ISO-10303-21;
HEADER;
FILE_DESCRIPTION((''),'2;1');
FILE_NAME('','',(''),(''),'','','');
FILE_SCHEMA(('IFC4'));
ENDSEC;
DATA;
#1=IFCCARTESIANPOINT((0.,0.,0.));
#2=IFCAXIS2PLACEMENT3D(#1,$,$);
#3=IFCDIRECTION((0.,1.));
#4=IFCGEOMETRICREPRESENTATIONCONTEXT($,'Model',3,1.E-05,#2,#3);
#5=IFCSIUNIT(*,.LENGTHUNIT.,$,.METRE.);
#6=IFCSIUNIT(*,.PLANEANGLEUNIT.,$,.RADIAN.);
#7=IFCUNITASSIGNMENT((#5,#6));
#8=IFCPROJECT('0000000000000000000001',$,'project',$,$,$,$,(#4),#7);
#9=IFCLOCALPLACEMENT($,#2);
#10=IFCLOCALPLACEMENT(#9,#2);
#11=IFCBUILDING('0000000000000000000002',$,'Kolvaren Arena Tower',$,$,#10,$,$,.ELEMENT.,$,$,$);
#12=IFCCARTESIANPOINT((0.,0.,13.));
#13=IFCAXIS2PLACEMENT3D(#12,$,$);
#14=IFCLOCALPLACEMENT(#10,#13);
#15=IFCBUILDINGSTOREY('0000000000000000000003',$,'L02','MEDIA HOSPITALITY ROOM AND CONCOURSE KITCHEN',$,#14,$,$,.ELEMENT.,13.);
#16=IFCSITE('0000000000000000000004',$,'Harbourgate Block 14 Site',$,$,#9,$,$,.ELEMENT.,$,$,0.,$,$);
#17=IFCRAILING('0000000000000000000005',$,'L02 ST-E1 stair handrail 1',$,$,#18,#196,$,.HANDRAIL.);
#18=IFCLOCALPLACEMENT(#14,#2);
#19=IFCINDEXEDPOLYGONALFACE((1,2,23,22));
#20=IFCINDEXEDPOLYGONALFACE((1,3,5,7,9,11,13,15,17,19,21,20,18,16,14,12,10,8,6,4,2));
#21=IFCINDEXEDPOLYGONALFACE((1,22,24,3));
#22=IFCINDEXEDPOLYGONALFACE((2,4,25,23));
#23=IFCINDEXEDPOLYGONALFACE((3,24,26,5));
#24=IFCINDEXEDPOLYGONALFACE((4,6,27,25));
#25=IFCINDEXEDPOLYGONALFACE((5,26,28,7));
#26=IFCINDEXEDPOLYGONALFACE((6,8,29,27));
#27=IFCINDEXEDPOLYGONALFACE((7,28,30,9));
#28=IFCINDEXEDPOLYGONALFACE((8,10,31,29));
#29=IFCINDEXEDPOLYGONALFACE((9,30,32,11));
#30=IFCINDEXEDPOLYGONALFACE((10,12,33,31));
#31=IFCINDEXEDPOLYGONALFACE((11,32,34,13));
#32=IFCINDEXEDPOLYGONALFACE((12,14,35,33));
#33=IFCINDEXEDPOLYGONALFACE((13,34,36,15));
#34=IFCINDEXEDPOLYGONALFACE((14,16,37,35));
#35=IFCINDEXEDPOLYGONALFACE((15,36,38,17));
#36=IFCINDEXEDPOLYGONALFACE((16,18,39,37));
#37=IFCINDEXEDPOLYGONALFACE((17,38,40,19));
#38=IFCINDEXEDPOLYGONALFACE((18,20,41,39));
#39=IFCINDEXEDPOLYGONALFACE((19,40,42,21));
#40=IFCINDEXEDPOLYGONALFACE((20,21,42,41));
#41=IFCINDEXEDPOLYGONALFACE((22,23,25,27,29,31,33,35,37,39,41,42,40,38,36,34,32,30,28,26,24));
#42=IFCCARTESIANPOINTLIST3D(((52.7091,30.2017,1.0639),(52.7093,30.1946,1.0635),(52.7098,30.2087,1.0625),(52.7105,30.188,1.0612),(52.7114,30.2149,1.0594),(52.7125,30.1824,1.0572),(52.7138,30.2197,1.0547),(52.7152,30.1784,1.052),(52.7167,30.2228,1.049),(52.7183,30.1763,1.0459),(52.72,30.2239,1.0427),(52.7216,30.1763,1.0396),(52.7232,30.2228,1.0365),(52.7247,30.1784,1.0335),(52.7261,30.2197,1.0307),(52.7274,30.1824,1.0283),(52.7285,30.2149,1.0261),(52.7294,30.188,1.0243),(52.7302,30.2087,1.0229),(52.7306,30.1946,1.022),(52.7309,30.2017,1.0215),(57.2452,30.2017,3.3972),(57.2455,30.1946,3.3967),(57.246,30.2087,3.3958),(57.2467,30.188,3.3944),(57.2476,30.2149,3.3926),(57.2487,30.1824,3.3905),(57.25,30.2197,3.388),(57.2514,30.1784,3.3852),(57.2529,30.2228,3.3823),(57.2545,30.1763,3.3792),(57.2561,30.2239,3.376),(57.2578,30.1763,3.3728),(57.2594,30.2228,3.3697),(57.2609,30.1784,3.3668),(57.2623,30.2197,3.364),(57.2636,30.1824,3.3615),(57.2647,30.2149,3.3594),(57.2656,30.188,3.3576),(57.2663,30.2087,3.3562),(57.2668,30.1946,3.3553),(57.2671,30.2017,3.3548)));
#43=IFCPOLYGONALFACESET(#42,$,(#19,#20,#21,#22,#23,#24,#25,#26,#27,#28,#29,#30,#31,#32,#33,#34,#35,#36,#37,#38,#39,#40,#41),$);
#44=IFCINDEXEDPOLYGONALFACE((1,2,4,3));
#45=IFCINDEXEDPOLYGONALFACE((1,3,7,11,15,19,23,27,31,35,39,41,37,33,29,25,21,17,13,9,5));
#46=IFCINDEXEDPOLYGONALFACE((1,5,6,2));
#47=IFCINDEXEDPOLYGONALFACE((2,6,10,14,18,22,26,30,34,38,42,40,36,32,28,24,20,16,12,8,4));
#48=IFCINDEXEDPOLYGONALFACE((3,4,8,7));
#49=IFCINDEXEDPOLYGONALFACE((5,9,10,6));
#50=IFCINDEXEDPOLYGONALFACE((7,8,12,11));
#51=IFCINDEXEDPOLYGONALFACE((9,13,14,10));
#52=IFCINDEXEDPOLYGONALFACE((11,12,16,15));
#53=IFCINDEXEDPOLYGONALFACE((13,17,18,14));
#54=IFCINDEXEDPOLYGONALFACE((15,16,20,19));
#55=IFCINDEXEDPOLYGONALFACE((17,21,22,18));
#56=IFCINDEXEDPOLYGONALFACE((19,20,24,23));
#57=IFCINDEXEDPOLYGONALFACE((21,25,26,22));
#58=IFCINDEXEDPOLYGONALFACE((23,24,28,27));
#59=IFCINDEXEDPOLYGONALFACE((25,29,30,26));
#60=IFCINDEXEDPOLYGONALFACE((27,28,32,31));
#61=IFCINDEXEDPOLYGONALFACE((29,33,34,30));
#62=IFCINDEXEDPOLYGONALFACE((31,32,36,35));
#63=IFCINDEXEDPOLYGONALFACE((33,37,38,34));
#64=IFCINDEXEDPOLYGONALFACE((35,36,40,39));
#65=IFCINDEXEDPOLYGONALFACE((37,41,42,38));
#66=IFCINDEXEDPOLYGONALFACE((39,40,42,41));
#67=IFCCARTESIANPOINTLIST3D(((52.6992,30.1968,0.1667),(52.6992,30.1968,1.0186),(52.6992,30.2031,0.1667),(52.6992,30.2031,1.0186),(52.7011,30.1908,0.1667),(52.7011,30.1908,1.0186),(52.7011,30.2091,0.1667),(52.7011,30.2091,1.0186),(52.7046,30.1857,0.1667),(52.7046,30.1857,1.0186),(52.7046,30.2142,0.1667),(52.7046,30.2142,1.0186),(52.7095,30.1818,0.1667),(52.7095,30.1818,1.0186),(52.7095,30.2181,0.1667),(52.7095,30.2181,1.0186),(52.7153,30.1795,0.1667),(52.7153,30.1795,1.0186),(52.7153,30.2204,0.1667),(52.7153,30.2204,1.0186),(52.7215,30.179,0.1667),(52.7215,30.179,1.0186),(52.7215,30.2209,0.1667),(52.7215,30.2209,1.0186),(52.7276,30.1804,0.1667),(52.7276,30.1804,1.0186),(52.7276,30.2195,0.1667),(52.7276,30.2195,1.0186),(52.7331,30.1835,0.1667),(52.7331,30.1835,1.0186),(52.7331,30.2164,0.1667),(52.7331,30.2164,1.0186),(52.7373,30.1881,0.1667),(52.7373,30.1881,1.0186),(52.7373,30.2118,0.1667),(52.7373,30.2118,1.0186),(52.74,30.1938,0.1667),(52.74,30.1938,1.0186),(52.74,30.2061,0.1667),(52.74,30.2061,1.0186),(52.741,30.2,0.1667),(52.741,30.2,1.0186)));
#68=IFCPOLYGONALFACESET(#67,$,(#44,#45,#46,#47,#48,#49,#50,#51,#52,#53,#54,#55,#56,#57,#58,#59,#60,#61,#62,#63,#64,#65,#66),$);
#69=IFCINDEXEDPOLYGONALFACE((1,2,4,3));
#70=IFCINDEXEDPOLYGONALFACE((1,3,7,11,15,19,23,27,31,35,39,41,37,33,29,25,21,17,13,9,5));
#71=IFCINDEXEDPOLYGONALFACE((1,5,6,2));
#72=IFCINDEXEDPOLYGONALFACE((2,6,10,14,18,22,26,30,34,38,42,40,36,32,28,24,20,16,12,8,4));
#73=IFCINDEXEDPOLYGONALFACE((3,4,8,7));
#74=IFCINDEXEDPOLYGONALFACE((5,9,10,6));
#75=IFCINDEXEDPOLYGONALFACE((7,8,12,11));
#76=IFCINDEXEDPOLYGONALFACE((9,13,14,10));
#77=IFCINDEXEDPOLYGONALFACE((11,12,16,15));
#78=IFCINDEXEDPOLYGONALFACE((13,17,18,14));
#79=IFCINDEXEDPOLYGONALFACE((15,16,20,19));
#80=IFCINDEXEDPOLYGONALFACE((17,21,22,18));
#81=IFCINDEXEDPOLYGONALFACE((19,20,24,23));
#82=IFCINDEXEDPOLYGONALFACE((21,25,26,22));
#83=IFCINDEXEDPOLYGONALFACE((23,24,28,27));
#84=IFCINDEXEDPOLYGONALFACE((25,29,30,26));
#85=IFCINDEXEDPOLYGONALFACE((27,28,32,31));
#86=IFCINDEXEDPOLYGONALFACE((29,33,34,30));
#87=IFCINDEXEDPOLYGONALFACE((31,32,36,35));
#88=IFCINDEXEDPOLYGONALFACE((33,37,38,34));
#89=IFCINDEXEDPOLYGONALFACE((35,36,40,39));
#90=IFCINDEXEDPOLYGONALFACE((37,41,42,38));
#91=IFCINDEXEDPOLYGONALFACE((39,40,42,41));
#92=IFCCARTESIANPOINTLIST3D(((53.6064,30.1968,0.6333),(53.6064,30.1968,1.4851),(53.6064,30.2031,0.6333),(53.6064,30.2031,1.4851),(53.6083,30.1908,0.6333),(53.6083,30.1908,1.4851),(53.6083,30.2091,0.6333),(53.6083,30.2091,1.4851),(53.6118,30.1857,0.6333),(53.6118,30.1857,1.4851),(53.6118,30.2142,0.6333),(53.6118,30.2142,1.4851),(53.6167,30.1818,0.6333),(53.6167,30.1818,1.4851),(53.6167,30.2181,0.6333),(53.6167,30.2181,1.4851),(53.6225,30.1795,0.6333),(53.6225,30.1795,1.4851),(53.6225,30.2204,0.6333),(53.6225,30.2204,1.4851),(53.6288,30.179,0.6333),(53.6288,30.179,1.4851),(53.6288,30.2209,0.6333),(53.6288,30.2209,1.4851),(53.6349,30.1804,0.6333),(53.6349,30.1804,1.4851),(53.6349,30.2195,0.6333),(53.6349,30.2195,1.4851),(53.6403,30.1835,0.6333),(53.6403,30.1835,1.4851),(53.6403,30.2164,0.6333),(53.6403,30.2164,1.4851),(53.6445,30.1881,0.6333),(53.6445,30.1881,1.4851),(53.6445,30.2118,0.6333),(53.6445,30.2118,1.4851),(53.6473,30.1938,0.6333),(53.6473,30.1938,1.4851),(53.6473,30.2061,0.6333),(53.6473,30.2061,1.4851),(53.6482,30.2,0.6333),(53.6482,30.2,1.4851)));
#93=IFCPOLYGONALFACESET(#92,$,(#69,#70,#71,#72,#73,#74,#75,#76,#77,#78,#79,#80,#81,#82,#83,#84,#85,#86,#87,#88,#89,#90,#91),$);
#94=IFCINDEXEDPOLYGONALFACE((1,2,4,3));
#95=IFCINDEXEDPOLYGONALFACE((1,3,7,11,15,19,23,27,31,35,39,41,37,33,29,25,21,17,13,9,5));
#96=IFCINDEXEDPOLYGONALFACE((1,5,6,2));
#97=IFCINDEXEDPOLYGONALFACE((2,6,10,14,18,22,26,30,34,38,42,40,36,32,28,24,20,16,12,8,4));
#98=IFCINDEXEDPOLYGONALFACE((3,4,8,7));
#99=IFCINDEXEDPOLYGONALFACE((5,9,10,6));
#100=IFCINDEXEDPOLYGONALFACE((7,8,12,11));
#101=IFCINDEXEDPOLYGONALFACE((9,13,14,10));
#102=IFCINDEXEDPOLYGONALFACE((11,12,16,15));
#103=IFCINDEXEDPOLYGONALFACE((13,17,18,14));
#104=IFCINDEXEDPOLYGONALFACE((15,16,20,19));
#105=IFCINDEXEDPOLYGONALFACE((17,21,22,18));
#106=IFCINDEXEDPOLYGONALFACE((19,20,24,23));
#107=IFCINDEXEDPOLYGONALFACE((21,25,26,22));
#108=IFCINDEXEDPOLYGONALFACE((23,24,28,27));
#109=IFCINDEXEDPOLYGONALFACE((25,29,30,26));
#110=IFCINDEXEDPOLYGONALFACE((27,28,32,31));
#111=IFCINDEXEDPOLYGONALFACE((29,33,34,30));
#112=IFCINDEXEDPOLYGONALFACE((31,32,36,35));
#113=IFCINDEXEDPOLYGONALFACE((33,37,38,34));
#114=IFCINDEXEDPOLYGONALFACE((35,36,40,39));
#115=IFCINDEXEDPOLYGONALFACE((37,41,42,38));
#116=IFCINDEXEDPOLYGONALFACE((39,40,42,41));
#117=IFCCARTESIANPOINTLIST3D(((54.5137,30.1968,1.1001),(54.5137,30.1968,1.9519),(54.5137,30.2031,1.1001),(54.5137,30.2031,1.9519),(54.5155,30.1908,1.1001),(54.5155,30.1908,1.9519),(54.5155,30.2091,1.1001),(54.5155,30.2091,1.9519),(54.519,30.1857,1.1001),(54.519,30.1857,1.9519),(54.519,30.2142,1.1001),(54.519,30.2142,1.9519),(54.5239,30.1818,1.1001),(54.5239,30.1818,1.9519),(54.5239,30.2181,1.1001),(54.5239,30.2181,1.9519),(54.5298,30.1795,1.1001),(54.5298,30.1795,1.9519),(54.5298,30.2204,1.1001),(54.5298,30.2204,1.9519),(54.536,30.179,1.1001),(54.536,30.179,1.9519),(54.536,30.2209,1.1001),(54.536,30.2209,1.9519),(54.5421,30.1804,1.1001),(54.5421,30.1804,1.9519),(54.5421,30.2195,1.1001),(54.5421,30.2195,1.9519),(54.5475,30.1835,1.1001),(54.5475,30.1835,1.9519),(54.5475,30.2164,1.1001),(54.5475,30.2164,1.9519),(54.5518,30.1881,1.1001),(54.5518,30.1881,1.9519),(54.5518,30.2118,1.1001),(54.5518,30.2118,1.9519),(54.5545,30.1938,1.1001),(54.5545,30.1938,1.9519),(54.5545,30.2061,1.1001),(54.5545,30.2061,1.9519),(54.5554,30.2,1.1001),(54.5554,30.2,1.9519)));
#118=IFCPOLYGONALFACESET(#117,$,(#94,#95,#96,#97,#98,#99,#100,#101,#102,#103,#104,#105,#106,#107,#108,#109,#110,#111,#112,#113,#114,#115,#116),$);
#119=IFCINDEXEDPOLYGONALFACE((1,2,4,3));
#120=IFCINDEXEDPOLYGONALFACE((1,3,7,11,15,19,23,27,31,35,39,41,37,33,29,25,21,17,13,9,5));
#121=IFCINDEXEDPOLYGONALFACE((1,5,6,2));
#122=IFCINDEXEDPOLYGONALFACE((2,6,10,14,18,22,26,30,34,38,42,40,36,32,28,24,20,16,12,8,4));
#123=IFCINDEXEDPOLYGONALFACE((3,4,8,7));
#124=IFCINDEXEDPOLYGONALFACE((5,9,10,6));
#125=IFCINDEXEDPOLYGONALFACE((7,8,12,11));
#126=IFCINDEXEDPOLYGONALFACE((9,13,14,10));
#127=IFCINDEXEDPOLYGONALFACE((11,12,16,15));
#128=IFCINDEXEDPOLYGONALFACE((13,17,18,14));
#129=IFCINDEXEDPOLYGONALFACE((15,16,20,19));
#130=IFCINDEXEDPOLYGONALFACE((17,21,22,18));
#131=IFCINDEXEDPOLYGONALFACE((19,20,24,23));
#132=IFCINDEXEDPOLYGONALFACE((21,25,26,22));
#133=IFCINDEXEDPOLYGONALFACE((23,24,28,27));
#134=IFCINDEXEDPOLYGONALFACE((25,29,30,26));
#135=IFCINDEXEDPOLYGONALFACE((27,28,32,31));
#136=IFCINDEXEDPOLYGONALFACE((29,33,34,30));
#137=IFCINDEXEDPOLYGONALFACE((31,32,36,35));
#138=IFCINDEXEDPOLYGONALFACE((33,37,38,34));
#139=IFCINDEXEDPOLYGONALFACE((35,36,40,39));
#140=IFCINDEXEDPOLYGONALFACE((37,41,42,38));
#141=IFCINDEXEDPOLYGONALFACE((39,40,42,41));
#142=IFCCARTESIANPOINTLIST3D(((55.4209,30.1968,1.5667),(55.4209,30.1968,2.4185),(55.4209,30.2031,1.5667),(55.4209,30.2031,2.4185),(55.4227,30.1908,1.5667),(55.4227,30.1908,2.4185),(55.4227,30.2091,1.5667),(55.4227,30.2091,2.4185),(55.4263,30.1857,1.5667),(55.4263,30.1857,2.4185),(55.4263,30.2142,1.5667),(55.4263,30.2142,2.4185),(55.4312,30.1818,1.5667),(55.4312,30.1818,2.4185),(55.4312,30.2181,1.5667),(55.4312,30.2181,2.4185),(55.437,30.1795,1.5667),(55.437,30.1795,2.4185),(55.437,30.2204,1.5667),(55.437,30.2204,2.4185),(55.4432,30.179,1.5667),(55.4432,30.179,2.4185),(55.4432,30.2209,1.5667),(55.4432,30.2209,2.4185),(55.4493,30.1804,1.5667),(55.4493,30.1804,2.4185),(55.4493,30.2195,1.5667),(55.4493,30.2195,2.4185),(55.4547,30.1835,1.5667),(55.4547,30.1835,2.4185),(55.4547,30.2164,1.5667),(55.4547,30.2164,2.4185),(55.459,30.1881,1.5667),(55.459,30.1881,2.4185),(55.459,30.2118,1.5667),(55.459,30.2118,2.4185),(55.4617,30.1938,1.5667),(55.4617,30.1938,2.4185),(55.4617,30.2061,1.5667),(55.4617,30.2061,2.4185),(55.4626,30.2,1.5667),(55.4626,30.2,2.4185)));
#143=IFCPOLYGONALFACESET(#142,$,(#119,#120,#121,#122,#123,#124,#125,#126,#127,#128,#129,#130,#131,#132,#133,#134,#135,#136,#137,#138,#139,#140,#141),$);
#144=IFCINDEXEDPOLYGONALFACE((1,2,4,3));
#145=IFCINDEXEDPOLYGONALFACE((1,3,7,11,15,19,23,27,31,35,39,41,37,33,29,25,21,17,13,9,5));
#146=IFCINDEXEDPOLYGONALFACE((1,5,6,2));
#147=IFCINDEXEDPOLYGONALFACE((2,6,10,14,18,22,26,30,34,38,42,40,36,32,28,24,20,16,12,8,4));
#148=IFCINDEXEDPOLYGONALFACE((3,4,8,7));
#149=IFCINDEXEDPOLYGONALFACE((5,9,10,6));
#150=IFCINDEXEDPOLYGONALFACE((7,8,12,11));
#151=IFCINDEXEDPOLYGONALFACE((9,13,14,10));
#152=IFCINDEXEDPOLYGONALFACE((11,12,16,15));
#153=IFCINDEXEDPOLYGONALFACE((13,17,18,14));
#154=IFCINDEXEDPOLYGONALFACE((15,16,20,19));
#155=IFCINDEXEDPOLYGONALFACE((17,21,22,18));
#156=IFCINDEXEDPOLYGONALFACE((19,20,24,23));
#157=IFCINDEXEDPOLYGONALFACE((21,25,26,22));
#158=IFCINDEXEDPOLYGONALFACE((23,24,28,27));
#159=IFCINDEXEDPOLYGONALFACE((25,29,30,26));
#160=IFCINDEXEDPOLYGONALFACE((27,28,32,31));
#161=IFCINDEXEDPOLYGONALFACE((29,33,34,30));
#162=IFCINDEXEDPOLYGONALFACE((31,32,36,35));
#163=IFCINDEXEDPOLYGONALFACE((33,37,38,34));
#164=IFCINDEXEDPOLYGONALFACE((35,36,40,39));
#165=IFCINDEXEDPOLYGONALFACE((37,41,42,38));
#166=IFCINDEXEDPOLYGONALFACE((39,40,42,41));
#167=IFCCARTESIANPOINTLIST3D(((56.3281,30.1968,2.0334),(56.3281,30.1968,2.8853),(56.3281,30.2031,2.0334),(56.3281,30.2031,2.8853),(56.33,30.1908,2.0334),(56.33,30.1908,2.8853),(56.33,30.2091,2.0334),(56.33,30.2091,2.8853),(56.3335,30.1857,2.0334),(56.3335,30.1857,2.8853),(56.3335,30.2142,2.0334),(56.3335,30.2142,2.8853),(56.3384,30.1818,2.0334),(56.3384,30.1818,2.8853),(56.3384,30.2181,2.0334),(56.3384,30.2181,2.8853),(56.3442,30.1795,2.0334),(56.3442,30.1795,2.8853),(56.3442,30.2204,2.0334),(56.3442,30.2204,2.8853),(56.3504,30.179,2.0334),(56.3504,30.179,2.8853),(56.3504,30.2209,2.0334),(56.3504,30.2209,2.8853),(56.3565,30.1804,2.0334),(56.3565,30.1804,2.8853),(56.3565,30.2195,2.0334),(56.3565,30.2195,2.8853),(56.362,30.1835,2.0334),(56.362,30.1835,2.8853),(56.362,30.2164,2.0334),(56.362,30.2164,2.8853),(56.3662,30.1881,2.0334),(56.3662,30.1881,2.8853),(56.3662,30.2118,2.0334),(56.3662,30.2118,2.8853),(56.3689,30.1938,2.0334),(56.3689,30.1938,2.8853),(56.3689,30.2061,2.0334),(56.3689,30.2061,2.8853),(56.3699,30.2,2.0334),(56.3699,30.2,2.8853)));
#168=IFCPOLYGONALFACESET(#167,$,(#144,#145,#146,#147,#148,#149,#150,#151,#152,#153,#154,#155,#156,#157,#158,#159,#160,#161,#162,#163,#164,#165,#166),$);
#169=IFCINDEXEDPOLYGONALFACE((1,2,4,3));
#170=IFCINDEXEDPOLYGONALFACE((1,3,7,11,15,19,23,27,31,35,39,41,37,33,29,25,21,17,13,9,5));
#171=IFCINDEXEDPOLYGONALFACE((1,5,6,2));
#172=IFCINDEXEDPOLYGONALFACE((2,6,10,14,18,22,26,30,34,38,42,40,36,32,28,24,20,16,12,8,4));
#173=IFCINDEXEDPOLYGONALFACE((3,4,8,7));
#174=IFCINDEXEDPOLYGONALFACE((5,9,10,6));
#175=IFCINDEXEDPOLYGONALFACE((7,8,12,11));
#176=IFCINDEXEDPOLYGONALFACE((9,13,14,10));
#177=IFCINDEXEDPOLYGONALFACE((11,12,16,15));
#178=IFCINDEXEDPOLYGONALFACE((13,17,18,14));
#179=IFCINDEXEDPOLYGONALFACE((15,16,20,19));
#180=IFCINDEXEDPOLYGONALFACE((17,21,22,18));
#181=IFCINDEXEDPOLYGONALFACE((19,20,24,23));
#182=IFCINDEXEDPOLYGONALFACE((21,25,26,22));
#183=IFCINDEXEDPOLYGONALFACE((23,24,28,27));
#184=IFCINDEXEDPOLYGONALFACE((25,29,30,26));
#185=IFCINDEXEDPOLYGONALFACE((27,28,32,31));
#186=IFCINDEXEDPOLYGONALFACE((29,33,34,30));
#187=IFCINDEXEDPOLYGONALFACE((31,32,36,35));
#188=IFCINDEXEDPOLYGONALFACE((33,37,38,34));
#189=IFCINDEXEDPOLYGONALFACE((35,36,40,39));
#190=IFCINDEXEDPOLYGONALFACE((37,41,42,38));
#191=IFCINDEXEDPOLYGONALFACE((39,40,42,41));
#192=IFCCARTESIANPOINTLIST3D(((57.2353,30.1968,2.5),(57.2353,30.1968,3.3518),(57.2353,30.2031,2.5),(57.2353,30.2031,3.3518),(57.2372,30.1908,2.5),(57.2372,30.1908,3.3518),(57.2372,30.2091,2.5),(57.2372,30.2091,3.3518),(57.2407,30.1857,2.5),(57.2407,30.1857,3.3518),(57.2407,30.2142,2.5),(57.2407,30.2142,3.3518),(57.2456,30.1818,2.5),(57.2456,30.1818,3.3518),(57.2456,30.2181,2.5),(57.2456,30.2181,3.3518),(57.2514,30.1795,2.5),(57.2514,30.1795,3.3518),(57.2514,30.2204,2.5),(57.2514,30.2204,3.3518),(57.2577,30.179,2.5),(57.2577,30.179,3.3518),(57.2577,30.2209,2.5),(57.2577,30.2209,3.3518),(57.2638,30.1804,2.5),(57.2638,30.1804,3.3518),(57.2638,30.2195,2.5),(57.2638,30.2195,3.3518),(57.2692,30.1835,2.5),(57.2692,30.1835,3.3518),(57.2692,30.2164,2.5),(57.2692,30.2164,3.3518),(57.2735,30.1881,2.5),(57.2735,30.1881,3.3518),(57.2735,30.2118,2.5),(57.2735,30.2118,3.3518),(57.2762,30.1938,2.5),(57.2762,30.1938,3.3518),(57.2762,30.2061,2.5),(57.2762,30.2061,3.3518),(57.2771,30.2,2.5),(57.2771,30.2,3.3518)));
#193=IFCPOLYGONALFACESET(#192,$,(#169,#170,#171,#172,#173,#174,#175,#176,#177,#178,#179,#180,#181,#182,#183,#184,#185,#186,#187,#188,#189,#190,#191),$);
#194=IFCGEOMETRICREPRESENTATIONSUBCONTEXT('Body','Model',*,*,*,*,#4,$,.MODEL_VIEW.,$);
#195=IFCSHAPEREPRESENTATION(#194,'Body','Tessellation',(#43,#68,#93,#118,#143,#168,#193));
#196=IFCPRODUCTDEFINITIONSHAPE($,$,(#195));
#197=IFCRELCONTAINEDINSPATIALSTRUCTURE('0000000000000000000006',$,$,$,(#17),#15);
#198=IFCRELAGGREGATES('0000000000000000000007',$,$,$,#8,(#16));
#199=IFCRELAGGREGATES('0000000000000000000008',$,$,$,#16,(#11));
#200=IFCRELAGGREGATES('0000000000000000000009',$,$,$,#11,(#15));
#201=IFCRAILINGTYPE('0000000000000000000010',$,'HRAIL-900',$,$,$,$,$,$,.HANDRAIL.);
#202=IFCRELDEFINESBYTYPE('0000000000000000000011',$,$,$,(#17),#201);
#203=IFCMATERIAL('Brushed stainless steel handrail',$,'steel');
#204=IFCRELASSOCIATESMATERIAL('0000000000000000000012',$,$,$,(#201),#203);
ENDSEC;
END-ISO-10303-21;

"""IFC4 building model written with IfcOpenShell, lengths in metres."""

from ifc_helpers import new_model, si_unit, direction, frame, origin, origin_2d, place, context, subcontext, project, spatial, circle, extrude, material, type_object, element, save


model = new_model("IFC4")

# Units and contexts
model_context = context("Model", 3, precision=1e-05, world=origin(), true_north=direction((0.0, 1.0)))
body_context = subcontext(model_context, "Body", "Model", "MODEL_VIEW")
ifc_project = project(units=[si_unit("LENGTHUNIT", "METRE"), si_unit("PLANEANGLEUNIT", "RADIAN")], contexts=[model_context])

# Site, building, storey
site_placement = place(None, origin())
site = spatial("IfcSite", under=ifc_project, at=site_placement, Name="Harbourgate Block 14 Site", CompositionType="ELEMENT", RefElevation=0.0)
building_placement = place(site_placement, origin())
building = spatial("IfcBuilding", under=site, at=building_placement, Name="Kolvaren Arena Tower", CompositionType="ELEMENT")
storey_placement = place(building_placement, frame((0.0, 0.0, 13.0)))
storey = spatial("IfcBuildingStorey", under=building, at=storey_placement, Name="L02", Description="MEDIA HOSPITALITY ROOM AND CONCOURSE KITCHEN", CompositionType="ELEMENT", Elevation=13.0)

# Railing
ifc_material_1 = material(Name="Brushed stainless steel handrail", Category="steel")
railing_type_1 = type_object("IfcRailingType", Name="HRAIL-900", PredefinedType="HANDRAIL", material=ifc_material_1)
for number, where, name in (
    (1, (52.72, 30.2, 0.1667), "L02 ST-E1 stair handrail 1"),
):
    element("IfcRailing", number, at=place(storey_placement, frame(where)), inside=storey, type_object=railing_type_1, Name=name, PredefinedType="HANDRAIL", context=body_context, shape_type="SweptSolid", body=[
        extrude(circle(Radius=0.0239, at=origin_2d()), frame((0.0, 0.0, 0.876), z_axis=(0.889257, 0.0, 0.457407), x_axis=(0.0, 1.0, 0.0)), (0.0, 0.0, 1.0), 5.1011),
        extrude(circle(Radius=0.021, at=origin_2d()), origin(), (0.0, 0.0, 1.0), 0.8518),
        extrude(circle(Radius=0.021, at=origin_2d()), frame((0.9072, 0.0, 0.4666)), (0.0, 0.0, 1.0), 0.8518),
        extrude(circle(Radius=0.021, at=origin_2d()), frame((1.8145, 0.0, 0.9333)), (0.0, 0.0, 1.0), 0.8518),
        extrude(circle(Radius=0.021, at=origin_2d()), frame((2.7217, 0.0, 1.3999)), (0.0, 0.0, 1.0), 0.8518),
        extrude(circle(Radius=0.021, at=origin_2d()), frame((3.6289, 0.0, 1.8667)), (0.0, 0.0, 1.0), 0.8518),
        extrude(circle(Radius=0.021, at=origin_2d()), frame((4.5361, 0.0, 2.3333)), (0.0, 0.0, 1.0), 0.8518),
    ])

save(model, "model.ifc")
